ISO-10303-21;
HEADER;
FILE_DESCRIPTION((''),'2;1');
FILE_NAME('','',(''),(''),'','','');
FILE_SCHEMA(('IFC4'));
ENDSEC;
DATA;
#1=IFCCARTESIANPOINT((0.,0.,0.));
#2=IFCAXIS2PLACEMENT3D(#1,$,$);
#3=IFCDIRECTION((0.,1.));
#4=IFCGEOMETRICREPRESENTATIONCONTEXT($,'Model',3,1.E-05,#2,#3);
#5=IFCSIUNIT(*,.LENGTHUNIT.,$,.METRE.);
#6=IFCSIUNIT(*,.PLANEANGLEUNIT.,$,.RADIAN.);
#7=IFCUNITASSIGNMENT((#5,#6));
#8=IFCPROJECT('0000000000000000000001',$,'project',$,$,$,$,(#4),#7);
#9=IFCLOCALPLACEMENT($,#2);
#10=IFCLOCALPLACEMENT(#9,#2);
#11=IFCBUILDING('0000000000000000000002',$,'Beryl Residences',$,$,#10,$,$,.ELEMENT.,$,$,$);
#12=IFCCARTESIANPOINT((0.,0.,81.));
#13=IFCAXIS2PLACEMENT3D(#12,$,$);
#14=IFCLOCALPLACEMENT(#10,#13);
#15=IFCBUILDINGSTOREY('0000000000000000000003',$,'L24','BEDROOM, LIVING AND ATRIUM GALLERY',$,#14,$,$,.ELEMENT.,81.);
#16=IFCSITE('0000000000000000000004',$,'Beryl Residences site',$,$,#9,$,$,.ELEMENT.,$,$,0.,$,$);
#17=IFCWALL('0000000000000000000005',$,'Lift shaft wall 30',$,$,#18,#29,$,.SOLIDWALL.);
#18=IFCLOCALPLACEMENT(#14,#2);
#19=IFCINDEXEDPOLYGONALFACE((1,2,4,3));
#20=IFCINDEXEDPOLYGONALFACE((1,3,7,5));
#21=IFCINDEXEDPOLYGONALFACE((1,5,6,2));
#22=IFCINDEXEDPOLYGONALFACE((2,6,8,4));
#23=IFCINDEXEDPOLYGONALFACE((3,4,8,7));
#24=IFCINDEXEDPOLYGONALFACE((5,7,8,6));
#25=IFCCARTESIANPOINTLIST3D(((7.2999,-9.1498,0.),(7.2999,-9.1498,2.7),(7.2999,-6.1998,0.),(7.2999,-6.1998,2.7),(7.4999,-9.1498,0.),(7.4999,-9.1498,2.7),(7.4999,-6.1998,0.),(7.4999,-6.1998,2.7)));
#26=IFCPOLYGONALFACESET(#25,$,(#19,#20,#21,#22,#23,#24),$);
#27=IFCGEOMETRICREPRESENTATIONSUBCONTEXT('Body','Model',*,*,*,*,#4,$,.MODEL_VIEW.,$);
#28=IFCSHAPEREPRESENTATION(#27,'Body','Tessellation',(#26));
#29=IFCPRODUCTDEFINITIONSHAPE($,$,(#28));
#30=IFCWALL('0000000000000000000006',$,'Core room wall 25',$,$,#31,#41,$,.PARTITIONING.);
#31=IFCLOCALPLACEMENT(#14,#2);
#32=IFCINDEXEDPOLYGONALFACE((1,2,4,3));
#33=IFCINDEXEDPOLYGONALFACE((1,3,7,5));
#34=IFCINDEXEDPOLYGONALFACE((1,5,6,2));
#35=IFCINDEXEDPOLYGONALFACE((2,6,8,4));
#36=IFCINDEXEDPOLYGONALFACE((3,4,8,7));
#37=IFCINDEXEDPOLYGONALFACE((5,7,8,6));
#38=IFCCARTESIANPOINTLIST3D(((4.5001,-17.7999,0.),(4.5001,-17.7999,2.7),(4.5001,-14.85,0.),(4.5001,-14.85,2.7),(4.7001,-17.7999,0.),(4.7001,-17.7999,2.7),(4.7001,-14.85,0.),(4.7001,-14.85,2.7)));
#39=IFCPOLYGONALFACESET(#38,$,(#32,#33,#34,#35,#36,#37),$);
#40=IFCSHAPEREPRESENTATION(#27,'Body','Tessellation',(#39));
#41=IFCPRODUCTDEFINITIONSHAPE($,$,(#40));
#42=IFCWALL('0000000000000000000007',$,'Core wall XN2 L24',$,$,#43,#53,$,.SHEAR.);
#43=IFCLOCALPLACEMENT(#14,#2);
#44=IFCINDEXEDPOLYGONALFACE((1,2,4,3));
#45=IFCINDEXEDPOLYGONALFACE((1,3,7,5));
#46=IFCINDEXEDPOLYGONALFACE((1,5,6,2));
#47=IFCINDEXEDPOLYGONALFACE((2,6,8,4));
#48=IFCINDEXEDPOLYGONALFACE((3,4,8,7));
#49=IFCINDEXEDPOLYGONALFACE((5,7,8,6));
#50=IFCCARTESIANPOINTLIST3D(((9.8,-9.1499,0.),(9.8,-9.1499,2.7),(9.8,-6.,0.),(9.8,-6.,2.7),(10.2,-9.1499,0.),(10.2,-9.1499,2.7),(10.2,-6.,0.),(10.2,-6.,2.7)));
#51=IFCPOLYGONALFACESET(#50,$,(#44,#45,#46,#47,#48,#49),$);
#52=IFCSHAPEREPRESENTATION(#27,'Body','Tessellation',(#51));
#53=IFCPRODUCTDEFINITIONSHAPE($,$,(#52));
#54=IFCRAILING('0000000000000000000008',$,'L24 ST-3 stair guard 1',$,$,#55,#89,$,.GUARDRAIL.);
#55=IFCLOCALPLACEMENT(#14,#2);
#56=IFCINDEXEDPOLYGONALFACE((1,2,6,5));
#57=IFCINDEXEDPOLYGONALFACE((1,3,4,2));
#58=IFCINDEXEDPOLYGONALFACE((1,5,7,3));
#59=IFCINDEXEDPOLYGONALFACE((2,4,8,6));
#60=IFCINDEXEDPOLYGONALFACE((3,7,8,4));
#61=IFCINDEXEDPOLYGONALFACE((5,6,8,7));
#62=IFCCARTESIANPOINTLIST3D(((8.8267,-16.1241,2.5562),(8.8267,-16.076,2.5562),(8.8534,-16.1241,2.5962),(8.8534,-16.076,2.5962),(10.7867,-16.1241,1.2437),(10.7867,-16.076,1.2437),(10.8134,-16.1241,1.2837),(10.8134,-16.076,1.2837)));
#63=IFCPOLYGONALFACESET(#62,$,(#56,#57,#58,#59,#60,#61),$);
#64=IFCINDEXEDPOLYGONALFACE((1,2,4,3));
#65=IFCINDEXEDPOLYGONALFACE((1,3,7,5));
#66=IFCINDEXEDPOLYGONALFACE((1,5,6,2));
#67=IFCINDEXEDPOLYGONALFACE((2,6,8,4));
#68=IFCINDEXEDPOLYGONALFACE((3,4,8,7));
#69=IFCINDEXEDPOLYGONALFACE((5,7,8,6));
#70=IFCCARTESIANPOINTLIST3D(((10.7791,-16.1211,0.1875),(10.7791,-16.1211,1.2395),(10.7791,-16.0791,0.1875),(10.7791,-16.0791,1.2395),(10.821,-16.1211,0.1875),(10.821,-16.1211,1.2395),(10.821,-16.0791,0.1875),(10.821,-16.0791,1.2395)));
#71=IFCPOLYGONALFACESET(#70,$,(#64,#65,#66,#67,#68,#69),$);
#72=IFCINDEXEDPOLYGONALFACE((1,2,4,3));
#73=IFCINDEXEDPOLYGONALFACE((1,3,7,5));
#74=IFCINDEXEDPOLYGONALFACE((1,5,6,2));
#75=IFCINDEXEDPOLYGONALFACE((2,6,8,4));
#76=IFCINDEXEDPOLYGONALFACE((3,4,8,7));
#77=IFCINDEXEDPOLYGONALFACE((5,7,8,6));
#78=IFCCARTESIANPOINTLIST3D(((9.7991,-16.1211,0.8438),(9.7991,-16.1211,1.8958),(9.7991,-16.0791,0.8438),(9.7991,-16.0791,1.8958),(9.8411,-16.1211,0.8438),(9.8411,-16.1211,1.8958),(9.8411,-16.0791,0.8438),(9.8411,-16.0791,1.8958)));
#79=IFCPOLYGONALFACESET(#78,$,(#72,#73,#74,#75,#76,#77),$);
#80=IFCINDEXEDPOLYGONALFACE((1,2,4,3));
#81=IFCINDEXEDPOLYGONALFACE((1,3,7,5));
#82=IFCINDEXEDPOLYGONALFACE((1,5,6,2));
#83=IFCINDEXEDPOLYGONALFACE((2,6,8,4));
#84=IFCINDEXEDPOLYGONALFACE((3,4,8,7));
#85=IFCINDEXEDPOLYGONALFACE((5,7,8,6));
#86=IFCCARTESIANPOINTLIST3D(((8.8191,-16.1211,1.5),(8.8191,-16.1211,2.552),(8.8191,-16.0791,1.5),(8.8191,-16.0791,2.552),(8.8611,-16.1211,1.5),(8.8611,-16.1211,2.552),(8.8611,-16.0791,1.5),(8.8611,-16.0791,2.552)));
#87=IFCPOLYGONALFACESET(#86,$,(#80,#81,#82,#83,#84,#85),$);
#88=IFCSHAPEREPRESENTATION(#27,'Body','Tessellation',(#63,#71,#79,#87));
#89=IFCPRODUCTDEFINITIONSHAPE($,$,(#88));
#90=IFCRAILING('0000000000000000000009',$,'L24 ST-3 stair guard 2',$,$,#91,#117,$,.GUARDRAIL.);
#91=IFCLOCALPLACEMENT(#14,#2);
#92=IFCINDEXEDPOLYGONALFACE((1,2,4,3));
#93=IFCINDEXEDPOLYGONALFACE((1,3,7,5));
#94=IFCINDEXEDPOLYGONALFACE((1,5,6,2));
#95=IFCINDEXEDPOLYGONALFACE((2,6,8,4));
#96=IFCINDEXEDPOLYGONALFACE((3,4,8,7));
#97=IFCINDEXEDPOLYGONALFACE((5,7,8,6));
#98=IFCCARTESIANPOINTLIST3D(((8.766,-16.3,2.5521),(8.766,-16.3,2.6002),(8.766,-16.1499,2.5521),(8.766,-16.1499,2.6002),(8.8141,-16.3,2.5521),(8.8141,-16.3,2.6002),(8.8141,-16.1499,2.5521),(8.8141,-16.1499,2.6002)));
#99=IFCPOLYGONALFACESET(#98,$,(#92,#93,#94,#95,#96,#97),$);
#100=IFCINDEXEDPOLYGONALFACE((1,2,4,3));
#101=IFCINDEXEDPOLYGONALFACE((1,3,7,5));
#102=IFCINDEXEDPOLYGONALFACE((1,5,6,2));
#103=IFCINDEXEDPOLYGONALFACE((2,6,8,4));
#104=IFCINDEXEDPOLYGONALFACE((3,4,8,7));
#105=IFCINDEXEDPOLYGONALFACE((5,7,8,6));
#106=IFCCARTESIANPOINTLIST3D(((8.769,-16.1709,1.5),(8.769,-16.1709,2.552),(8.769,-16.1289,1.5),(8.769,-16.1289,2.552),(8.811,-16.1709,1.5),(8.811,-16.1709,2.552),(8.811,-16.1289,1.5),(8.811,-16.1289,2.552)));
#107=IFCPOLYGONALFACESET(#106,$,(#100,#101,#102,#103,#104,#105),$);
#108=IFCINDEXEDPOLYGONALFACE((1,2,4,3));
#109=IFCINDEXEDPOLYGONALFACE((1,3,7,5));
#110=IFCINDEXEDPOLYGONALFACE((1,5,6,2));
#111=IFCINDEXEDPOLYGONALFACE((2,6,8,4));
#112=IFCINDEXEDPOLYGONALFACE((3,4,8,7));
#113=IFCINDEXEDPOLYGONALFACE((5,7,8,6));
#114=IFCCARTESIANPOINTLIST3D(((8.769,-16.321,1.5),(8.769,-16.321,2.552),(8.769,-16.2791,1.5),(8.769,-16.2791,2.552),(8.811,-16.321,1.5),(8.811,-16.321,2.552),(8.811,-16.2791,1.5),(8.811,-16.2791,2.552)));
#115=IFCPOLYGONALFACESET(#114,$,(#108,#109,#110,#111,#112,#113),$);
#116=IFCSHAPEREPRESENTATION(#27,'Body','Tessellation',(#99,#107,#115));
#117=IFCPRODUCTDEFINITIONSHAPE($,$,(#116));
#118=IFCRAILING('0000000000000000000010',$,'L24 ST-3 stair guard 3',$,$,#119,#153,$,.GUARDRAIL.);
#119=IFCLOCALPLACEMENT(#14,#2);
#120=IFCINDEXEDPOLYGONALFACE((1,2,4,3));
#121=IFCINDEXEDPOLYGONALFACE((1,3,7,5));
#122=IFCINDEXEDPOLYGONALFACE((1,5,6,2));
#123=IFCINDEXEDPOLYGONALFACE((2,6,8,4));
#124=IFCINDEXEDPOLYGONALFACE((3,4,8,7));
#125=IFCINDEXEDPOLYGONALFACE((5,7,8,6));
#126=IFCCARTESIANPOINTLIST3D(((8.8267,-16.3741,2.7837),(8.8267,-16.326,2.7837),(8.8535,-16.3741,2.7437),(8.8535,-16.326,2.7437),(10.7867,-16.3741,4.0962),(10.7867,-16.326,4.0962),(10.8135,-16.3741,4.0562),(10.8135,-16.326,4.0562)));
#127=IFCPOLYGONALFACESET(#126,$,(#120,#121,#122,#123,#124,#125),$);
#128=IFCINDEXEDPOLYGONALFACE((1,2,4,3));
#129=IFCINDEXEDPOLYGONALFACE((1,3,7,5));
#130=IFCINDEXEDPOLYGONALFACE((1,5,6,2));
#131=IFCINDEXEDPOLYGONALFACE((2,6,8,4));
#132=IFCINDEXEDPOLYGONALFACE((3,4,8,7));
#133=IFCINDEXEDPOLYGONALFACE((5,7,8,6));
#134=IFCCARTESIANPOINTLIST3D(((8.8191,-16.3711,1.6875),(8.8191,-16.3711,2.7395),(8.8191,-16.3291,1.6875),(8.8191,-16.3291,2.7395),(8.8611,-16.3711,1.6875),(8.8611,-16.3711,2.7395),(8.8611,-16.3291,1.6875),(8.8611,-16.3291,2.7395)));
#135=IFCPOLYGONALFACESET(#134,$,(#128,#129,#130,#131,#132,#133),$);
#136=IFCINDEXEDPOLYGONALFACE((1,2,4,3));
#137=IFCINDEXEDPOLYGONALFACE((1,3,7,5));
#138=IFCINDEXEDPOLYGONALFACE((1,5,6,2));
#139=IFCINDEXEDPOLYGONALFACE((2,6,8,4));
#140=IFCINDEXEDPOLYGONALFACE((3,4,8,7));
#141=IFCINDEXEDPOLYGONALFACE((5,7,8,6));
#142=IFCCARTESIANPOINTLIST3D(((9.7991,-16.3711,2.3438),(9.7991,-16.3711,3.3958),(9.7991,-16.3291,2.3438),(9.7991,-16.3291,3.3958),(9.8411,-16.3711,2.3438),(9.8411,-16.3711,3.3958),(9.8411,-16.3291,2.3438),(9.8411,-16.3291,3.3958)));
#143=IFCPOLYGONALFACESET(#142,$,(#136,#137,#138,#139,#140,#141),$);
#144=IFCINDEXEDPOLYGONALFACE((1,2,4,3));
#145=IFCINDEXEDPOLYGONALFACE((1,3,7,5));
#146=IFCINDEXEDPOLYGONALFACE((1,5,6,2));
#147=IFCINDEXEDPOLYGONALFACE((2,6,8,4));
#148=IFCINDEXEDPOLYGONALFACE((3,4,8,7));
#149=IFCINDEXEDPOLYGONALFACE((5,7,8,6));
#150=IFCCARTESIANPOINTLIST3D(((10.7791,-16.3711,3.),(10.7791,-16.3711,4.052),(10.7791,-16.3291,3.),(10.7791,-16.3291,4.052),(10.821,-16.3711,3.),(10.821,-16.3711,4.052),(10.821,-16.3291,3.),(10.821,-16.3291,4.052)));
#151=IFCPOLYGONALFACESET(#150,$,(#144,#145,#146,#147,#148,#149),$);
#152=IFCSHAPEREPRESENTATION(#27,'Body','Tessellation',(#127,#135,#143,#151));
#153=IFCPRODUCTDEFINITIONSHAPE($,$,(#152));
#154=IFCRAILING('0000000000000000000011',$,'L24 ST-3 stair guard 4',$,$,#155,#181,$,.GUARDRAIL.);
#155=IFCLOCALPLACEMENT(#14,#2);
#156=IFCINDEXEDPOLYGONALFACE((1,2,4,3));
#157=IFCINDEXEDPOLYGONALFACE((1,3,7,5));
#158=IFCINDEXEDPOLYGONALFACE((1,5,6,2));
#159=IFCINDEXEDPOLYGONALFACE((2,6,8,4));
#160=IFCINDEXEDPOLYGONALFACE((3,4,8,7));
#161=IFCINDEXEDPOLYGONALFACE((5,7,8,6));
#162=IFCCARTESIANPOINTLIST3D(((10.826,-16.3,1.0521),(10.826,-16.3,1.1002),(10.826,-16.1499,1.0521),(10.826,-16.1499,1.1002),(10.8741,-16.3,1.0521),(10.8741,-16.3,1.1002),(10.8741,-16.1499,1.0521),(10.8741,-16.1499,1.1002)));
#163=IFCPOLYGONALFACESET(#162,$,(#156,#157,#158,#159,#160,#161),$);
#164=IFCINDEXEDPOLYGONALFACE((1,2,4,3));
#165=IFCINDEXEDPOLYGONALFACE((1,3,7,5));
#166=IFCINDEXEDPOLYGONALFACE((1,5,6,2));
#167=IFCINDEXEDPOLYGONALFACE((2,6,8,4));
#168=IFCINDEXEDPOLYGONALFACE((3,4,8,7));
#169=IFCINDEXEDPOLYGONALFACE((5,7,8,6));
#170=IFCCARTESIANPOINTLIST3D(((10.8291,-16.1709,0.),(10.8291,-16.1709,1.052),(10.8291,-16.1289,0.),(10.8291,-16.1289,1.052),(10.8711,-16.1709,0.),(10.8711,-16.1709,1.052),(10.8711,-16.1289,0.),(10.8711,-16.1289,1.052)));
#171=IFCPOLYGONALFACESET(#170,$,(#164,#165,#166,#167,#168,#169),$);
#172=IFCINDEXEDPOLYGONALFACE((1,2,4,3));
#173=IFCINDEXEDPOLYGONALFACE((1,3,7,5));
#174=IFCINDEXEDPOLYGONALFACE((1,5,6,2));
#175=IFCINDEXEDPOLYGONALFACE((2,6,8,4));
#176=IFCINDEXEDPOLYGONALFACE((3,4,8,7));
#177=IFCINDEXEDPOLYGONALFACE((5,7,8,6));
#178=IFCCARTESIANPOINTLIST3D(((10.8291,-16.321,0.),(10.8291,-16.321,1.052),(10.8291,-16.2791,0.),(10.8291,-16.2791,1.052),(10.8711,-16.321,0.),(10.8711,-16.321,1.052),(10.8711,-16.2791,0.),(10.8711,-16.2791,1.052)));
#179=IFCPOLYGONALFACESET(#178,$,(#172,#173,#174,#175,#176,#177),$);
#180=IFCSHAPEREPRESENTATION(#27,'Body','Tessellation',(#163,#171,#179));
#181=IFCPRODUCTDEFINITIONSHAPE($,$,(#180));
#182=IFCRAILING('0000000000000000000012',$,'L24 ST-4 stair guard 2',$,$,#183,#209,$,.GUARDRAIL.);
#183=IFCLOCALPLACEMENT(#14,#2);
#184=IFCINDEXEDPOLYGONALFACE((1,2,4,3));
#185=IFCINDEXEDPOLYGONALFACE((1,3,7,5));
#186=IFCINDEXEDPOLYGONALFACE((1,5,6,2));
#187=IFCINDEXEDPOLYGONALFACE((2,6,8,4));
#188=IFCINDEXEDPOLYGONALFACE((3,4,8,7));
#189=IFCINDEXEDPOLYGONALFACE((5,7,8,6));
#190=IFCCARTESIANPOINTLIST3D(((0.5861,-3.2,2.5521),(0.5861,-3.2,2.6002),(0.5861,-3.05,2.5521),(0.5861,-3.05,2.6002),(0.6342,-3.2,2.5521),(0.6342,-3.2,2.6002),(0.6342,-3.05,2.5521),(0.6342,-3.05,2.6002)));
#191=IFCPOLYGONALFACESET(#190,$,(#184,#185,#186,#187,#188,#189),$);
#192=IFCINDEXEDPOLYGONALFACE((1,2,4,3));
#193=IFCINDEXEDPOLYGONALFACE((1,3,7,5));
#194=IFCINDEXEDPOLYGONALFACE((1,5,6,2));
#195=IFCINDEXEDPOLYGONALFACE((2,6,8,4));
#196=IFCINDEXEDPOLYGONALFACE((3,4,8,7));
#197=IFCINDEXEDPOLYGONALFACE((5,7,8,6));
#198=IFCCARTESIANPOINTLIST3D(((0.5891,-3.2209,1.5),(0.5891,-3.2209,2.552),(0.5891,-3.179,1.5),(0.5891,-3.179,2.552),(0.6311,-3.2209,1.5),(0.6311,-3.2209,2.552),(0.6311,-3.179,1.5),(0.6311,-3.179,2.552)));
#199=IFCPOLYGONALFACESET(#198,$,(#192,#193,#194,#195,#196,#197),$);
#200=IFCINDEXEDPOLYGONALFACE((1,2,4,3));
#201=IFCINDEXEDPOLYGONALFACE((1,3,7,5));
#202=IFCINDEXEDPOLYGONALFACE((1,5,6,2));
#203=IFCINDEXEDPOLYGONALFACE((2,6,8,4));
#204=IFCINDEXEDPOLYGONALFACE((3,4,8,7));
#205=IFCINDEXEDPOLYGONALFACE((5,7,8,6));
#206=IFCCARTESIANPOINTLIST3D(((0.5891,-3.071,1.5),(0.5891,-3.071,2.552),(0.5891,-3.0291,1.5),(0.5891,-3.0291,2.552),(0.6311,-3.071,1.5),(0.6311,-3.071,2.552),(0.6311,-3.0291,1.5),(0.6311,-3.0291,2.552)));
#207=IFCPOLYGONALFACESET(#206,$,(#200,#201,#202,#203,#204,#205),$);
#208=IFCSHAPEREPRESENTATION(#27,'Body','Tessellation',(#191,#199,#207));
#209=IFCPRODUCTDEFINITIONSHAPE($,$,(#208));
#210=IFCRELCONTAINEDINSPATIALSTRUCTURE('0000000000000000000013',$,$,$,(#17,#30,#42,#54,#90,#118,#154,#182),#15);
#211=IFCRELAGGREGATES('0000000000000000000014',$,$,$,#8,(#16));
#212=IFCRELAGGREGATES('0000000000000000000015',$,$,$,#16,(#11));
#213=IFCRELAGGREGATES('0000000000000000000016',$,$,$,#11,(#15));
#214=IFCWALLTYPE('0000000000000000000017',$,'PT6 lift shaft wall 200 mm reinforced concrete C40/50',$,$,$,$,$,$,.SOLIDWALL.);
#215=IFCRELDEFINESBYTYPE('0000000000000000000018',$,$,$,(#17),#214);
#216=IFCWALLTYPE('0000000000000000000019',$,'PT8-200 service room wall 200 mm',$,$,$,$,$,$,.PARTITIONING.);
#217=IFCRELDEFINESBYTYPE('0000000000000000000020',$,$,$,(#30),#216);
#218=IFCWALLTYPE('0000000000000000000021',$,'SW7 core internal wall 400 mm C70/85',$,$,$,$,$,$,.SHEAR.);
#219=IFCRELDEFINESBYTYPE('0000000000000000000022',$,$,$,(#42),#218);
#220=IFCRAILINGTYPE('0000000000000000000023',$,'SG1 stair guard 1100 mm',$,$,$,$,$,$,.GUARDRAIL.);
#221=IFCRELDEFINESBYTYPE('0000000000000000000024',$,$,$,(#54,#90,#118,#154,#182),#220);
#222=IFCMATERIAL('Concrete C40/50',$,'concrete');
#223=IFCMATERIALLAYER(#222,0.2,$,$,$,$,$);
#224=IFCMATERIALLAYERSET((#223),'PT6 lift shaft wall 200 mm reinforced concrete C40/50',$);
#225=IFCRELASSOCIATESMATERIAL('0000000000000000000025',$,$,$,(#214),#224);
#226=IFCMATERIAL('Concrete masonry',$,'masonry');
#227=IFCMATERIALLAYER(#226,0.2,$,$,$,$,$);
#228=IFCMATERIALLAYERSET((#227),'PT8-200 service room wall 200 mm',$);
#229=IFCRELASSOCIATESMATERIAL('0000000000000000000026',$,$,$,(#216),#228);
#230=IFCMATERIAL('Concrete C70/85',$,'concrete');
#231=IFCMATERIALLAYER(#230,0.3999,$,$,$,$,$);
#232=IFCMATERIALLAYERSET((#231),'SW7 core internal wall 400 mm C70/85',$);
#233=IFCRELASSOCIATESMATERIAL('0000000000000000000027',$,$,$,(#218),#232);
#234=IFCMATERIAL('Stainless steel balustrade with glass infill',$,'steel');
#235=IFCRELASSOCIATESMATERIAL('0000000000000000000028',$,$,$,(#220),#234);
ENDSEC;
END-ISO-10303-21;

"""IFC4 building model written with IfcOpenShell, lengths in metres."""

from ifc_helpers import new_model, si_unit, direction, frame, frame_2d, origin, origin_2d, place, context, subcontext, project, spatial, rectangle, extrude, material, layer, layer_set, type_object, element, save


model = new_model("IFC4")

# Units and contexts
model_context = context("Model", 3, precision=1e-05, world=origin(), true_north=direction((0.0, 1.0)))
body_context = subcontext(model_context, "Body", "Model", "MODEL_VIEW")
ifc_project = project(units=[si_unit("LENGTHUNIT", "METRE"), si_unit("PLANEANGLEUNIT", "RADIAN")], contexts=[model_context])

# Site, building, storey
site_placement = place(None, origin())
site = spatial("IfcSite", under=ifc_project, at=site_placement, Name="Beryl Residences site", CompositionType="ELEMENT", RefElevation=0.0)
building_placement = place(site_placement, origin())
building = spatial("IfcBuilding", under=site, at=building_placement, Name="Beryl Residences", CompositionType="ELEMENT")
storey_placement = place(building_placement, frame((0.0, 0.0, 81.0)))
storey = spatial("IfcBuildingStorey", under=building, at=storey_placement, Name="L24", Description="BEDROOM, LIVING AND ATRIUM GALLERY", CompositionType="ELEMENT", Elevation=81.0)

# Walls
ifc_material_1 = material(Name="Concrete C40/50", Category="concrete")
ifc_layer_1 = layer(ifc_material_1, 0.2)
ifc_layer_set_1 = layer_set([ifc_layer_1], Name="PT6 lift shaft wall 200 mm reinforced concrete C40/50")
wall_type_1 = type_object("IfcWallType", Name="PT6 lift shaft wall 200 mm reinforced concrete C40/50", PredefinedType="SOLIDWALL", material=ifc_layer_set_1)
for number, where, z_axis, x_axis, name in (
    (1, (7.3999, -9.1499, 0.0), (0.0, 0.0, 1.0), (0.0, 1.0, 0.0), "Lift shaft wall 30"),
):
    element("IfcWall", number, at=place(storey_placement, frame(where, z_axis=z_axis, x_axis=x_axis)), inside=storey, type_object=wall_type_1, Name=name, PredefinedType="SOLIDWALL", context=body_context, shape_type="SweptSolid", body=[
        extrude(rectangle(XDim=2.95, YDim=0.2, at=frame_2d((1.4751, 0.0))), origin(), (0.0, 0.0, 1.0), 2.7),
    ])
ifc_material_2 = material(Name="Concrete masonry", Category="masonry")
ifc_layer_2 = layer(ifc_material_2, 0.2)
ifc_layer_set_2 = layer_set([ifc_layer_2], Name="PT8-200 service room wall 200 mm")
wall_type_2 = type_object("IfcWallType", Name="PT8-200 service room wall 200 mm", PredefinedType="PARTITIONING", material=ifc_layer_set_2)
wall_1_placement = place(storey_placement, frame((4.6001, -17.8, 0.0), z_axis=(0.0, 0.0, 1.0), x_axis=(0.0, 1.0, 0.0)))
element("IfcWall", 2, at=wall_1_placement, inside=storey, type_object=wall_type_2, Name="Core room wall 25", PredefinedType="PARTITIONING", context=body_context, shape_type="SweptSolid", body=[
    extrude(rectangle(XDim=2.95, YDim=0.2, at=frame_2d((1.4751, 0.0))), origin(), (0.0, 0.0, 1.0), 2.7),
])
ifc_material_3 = material(Name="Concrete C70/85", Category="concrete")
ifc_layer_3 = layer(ifc_material_3, 0.3999)
ifc_layer_set_3 = layer_set([ifc_layer_3], Name="SW7 core internal wall 400 mm C70/85")
wall_type_3 = type_object("IfcWallType", Name="SW7 core internal wall 400 mm C70/85", PredefinedType="SHEAR", material=ifc_layer_set_3)
wall_2_placement = place(storey_placement, frame((10.0, -9.1499, 0.0), z_axis=(0.0, 0.0, 1.0), x_axis=(0.0, 1.0, 0.0)))
element("IfcWall", 3, at=wall_2_placement, inside=storey, type_object=wall_type_3, Name="Core wall XN2 L24", PredefinedType="SHEAR", context=body_context, shape_type="SweptSolid", body=[
    extrude(rectangle(XDim=3.1499, YDim=0.3999, at=frame_2d((1.575, 0.0))), origin(), (0.0, 0.0, 1.0), 2.7),
])

# Railings
ifc_material_4 = material(Name="Stainless steel balustrade with glass infill", Category="steel")
railing_type_1 = type_object("IfcRailingType", Name="SG1 stair guard 1100 mm", PredefinedType="GUARDRAIL", material=ifc_material_4)
railing_1_placement = place(storey_placement, frame((10.8, -16.1001, 0.1875)))
element("IfcRailing", 4, at=railing_1_placement, inside=storey, type_object=railing_type_1, Name="L24 ST-3 stair guard 1", PredefinedType="GUARDRAIL", context=body_context, shape_type="SweptSolid", body=[
    extrude(rectangle(XDim=0.0481, YDim=0.0481, at=origin_2d()), frame((0.0, 0.0, 1.0762), z_axis=(-0.830902, 0.0, 0.556419), x_axis=(0.0, -1.0, 0.0)), (0.0, 0.0, 1.0), 2.3589),
    extrude(rectangle(XDim=0.042, YDim=0.042, at=origin_2d()), origin(), (0.0, 0.0, 1.0), 1.052),
    extrude(rectangle(XDim=0.042, YDim=0.042, at=origin_2d()), frame((-0.98, 0.0, 0.6562)), (0.0, 0.0, 1.0), 1.052),
    extrude(rectangle(XDim=0.042, YDim=0.042, at=origin_2d()), frame((-1.96, 0.0, 1.3125)), (0.0, 0.0, 1.0), 1.052),
])
railing_2_placement = place(storey_placement, frame((8.79, -16.1499, 1.5)))
element("IfcRailing", 5, at=railing_2_placement, inside=storey, type_object=railing_type_1, Name="L24 ST-3 stair guard 2", PredefinedType="GUARDRAIL", context=body_context, shape_type="SweptSolid", body=[
    extrude(rectangle(XDim=0.0481, YDim=0.0481, at=origin_2d()), frame((0.0, 0.0, 1.0762), z_axis=(0.0, -1.0, 0.0), x_axis=(1.0, 0.0, 0.0)), (0.0, 0.0, 1.0), 0.1501),
    extrude(rectangle(XDim=0.042, YDim=0.042, at=origin_2d()), origin(), (0.0, 0.0, 1.0), 1.052),
    extrude(rectangle(XDim=0.042, YDim=0.042, at=origin_2d()), frame((0.0, -0.1501, 0.0)), (0.0, 0.0, 1.0), 1.052),
])
railing_3_placement = place(storey_placement, frame((8.8401, -16.3501, 1.6875)))
element("IfcRailing", 6, at=railing_3_placement, inside=storey, type_object=railing_type_1, Name="L24 ST-3 stair guard 3", PredefinedType="GUARDRAIL", context=body_context, shape_type="SweptSolid", body=[
    extrude(rectangle(XDim=0.0481, YDim=0.0481, at=origin_2d()), frame((0.0, 0.0, 1.0762), z_axis=(0.830902, 0.0, 0.556419), x_axis=(0.0, 1.0, 0.0)), (0.0, 0.0, 1.0), 2.3589),
    extrude(rectangle(XDim=0.042, YDim=0.042, at=origin_2d()), origin(), (0.0, 0.0, 1.0), 1.052),
    extrude(rectangle(XDim=0.042, YDim=0.042, at=origin_2d()), frame((0.98, 0.0, 0.6562)), (0.0, 0.0, 1.0), 1.052),
    extrude(rectangle(XDim=0.042, YDim=0.042, at=origin_2d()), frame((1.96, 0.0, 1.3125)), (0.0, 0.0, 1.0), 1.052),
])
railing_4_placement = place(storey_placement, frame((10.8501, -16.1499, 0.0)))
element("IfcRailing", 7, at=railing_4_placement, inside=storey, type_object=railing_type_1, Name="L24 ST-3 stair guard 4", PredefinedType="GUARDRAIL", context=body_context, shape_type="SweptSolid", body=[
    extrude(rectangle(XDim=0.0481, YDim=0.0481, at=origin_2d()), frame((0.0, 0.0, 1.0762), z_axis=(0.0, -1.0, 0.0), x_axis=(1.0, 0.0, 0.0)), (0.0, 0.0, 1.0), 0.1501),
    extrude(rectangle(XDim=0.042, YDim=0.042, at=origin_2d()), origin(), (0.0, 0.0, 1.0), 1.052),
    extrude(rectangle(XDim=0.042, YDim=0.042, at=origin_2d()), frame((0.0, -0.1501, 0.0)), (0.0, 0.0, 1.0), 1.052),
])
railing_5_placement = place(storey_placement, frame((0.6101, -3.2, 1.5)))
element("IfcRailing", 8, at=railing_5_placement, inside=storey, type_object=railing_type_1, Name="L24 ST-4 stair guard 2", PredefinedType="GUARDRAIL", context=body_context, shape_type="SweptSolid", body=[
    extrude(rectangle(XDim=0.0481, YDim=0.0481, at=origin_2d()), frame((0.0, 0.0, 1.0762), z_axis=(0.0, 1.0, 0.0), x_axis=(-1.0, 0.0, 0.0)), (0.0, 0.0, 1.0), 0.1499),
    extrude(rectangle(XDim=0.042, YDim=0.042, at=origin_2d()), origin(), (0.0, 0.0, 1.0), 1.052),
    extrude(rectangle(XDim=0.042, YDim=0.042, at=origin_2d()), frame((0.0, 0.1499, 0.0)), (0.0, 0.0, 1.0), 1.052),
])

save(model, "model.ifc")
